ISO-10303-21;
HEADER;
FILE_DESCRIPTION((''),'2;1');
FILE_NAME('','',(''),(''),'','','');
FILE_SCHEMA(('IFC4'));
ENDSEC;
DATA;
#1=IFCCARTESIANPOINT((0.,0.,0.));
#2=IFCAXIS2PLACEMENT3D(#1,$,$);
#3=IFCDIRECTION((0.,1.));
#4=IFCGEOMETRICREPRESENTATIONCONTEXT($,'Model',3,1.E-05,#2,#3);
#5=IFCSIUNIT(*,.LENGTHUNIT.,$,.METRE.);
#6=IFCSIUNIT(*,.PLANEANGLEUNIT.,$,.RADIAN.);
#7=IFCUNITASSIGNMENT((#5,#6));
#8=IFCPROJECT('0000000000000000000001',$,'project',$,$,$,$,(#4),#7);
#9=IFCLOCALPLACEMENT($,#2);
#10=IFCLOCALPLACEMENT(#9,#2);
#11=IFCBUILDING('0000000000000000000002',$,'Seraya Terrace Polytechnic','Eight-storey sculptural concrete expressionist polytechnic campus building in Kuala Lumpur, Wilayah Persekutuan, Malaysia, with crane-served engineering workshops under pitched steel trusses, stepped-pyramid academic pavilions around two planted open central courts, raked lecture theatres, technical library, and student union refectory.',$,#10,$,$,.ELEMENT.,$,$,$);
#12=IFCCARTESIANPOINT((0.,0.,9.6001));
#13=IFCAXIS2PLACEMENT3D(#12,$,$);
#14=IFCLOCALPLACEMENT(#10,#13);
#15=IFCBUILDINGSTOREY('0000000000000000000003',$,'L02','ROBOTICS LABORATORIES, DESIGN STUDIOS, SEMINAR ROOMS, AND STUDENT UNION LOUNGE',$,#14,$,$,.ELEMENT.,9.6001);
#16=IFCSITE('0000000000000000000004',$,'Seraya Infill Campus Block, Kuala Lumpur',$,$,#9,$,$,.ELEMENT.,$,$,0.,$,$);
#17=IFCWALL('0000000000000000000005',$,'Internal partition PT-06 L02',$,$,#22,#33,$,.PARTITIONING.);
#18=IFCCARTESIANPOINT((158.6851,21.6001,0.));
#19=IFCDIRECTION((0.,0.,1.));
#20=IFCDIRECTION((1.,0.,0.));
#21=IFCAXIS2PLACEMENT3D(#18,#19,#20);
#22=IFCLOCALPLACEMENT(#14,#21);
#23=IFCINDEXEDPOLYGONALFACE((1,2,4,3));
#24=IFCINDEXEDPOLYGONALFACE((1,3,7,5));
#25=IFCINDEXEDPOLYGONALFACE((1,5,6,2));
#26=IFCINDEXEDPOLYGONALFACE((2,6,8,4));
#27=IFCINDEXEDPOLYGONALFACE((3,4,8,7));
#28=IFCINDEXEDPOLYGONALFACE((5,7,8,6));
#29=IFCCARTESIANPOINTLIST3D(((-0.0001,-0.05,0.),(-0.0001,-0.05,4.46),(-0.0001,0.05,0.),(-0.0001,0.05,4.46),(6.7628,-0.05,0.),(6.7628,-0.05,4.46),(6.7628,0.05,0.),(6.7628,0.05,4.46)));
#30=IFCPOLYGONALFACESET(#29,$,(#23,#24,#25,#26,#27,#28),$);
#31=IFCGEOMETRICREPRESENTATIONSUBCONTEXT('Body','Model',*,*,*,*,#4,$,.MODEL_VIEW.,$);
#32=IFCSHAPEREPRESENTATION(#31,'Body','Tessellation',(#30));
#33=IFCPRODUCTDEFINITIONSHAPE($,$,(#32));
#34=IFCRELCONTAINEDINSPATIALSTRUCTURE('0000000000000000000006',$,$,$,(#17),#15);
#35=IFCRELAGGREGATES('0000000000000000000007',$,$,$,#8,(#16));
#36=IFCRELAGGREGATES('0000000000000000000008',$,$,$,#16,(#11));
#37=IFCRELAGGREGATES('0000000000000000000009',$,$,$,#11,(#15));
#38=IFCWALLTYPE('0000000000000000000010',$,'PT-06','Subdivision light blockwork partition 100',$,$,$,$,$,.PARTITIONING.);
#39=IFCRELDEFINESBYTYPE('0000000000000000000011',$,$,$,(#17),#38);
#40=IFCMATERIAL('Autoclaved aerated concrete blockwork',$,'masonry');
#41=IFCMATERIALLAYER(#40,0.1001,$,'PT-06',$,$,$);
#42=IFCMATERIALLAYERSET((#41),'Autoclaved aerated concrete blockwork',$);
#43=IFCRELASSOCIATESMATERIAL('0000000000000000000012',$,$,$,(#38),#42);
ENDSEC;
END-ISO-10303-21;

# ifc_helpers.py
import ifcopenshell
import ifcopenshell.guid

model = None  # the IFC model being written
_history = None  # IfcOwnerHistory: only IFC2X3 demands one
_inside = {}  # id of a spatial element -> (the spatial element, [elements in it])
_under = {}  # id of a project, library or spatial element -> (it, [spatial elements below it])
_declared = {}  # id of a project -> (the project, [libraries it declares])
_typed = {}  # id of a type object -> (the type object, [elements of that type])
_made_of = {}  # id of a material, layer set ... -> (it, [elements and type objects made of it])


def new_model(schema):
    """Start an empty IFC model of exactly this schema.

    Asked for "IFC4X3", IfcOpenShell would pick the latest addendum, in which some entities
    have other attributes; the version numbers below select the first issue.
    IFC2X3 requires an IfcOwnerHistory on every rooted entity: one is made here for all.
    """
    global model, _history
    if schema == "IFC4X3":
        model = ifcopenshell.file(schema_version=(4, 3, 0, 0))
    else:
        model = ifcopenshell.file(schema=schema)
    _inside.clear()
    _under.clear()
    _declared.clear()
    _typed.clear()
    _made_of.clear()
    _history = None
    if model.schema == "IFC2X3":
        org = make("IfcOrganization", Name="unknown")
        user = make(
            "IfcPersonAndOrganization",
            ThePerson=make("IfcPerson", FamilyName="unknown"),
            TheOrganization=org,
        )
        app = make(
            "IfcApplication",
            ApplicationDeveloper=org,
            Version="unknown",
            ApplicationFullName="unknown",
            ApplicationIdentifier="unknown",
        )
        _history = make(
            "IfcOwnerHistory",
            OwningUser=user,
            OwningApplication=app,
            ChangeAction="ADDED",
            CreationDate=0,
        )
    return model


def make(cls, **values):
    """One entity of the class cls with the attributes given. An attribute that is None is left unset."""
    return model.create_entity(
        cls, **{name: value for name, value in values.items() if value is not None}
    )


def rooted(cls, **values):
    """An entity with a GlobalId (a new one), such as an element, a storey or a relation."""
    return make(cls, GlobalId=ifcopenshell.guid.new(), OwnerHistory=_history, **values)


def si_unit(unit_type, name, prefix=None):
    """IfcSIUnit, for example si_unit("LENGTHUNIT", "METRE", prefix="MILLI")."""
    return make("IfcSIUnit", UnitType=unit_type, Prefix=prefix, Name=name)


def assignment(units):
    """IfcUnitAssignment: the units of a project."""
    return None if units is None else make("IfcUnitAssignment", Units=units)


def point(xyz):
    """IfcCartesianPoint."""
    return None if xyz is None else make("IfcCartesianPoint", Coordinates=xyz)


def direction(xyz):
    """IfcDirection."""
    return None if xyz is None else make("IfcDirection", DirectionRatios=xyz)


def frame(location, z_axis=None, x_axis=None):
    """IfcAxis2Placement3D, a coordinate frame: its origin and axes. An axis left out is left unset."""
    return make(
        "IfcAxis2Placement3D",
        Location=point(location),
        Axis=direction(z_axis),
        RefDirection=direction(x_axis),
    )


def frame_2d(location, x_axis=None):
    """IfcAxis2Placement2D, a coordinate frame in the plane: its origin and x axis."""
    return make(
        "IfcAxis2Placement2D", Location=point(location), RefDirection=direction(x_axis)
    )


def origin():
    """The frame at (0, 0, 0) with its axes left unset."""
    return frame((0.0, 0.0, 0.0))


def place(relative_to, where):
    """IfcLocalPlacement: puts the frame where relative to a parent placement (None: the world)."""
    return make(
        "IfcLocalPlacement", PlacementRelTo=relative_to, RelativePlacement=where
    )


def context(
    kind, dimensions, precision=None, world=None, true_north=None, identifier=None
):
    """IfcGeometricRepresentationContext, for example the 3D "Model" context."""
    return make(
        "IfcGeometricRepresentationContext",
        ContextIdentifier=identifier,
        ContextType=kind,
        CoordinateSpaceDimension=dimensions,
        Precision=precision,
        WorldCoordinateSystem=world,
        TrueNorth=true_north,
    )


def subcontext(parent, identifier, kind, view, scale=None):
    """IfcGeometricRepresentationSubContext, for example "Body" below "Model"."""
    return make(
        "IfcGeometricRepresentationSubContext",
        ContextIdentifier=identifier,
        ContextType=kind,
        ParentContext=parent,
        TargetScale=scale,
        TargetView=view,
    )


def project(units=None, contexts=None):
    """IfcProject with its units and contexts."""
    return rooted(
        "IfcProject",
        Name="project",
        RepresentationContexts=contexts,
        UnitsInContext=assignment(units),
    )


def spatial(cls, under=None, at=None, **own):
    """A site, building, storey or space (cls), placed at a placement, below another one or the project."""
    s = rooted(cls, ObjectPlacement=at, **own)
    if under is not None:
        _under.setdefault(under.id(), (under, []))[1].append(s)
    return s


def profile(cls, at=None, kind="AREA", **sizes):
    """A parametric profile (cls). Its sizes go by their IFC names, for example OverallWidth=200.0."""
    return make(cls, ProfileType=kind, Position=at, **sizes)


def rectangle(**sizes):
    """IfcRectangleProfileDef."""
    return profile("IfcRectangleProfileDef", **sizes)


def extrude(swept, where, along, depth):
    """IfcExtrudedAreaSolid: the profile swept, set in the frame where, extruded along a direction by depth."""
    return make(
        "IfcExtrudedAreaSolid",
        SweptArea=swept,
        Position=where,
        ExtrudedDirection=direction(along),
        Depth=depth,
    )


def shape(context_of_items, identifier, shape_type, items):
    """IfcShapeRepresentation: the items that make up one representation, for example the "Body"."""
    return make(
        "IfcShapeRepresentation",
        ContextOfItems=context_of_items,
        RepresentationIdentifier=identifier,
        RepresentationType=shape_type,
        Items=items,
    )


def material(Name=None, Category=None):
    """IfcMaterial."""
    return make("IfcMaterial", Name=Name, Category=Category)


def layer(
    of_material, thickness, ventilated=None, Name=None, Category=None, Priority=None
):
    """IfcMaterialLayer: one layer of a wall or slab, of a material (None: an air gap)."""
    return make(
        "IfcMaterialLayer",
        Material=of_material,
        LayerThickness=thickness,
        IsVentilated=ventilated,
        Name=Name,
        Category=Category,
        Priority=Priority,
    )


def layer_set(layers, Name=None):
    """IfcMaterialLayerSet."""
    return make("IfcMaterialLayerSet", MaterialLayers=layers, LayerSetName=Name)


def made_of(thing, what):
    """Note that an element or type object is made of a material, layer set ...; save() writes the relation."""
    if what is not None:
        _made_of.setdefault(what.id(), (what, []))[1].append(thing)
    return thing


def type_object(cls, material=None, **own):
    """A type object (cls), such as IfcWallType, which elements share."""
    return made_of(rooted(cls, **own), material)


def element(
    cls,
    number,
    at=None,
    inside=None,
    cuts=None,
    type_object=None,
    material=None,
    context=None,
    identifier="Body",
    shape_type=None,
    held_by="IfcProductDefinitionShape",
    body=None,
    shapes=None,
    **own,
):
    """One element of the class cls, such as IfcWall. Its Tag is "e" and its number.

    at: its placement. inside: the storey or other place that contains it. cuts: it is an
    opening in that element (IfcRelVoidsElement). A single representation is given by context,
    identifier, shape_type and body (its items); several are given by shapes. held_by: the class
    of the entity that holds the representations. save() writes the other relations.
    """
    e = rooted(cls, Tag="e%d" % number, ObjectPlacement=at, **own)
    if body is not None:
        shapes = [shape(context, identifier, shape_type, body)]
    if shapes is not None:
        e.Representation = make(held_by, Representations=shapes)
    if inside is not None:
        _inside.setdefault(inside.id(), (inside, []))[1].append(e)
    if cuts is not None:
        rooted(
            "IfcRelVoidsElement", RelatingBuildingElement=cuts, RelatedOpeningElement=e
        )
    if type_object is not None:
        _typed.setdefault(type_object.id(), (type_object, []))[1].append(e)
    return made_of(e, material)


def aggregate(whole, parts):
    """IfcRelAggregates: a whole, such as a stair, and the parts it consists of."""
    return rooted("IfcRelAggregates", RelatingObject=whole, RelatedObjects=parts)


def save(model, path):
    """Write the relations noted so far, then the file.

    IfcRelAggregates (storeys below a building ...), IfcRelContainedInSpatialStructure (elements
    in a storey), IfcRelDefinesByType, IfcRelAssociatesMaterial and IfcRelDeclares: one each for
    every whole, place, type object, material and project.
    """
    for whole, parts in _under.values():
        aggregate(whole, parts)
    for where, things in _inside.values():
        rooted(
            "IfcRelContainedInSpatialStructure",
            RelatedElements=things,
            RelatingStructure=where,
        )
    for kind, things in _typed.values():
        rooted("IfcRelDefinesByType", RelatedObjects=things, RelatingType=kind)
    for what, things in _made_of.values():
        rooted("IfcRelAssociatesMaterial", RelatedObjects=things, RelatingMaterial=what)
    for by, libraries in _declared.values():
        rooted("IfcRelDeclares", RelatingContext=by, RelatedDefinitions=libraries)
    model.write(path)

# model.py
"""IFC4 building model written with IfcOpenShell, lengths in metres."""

from ifc_helpers import new_model, si_unit, direction, frame, frame_2d, origin, place, context, subcontext, project, spatial, rectangle, extrude, material, layer, layer_set, type_object, element, save


model = new_model("IFC4")

# Units and contexts
model_context = context("Model", 3, precision=1e-05, world=origin(), true_north=direction((0.0, 1.0)))
body_context = subcontext(model_context, "Body", "Model", "MODEL_VIEW")
ifc_project = project(units=[si_unit("LENGTHUNIT", "METRE"), si_unit("PLANEANGLEUNIT", "RADIAN")], contexts=[model_context])

# Site, building, storey
site_placement = place(None, origin())
site = spatial("IfcSite", under=ifc_project, at=site_placement, Name="Seraya Infill Campus Block, Kuala Lumpur", CompositionType="ELEMENT", RefElevation=0.0)
building_placement = place(site_placement, origin())
building = spatial("IfcBuilding", under=site, at=building_placement, Name="Seraya Terrace Polytechnic", Description="Eight-storey sculptural concrete expressionist polytechnic campus building in Kuala Lumpur, Wilayah Persekutuan, Malaysia, with crane-served engineering workshops under pitched steel trusses, stepped-pyramid academic pavilions around two planted open central courts, raked lecture theatres, technical library, and student union refectory.", CompositionType="ELEMENT")
storey_placement = place(building_placement, frame((0.0, 0.0, 9.6001)))
storey = spatial("IfcBuildingStorey", under=building, at=storey_placement, Name="L02", Description="ROBOTICS LABORATORIES, DESIGN STUDIOS, SEMINAR ROOMS, AND STUDENT UNION LOUNGE", CompositionType="ELEMENT", Elevation=9.6001)

# Wall
ifc_material_1 = material(Name="Autoclaved aerated concrete blockwork", Category="masonry")
ifc_layer_1 = layer(ifc_material_1, 0.1001, Name="PT-06")
ifc_layer_set_1 = layer_set([ifc_layer_1], Name="Autoclaved aerated concrete blockwork")
wall_type_1 = type_object("IfcWallType", Name="PT-06", Description="Subdivision light blockwork partition 100", PredefinedType="PARTITIONING", material=ifc_layer_set_1)
wall_1_placement = place(storey_placement, frame((158.6851, 21.6001, 0.0), z_axis=(0.0, 0.0, 1.0), x_axis=(1.0, 0.0, 0.0)))
element("IfcWall", 1, at=wall_1_placement, inside=storey, type_object=wall_type_1, Name="Internal partition PT-06 L02", PredefinedType="PARTITIONING", context=body_context, shape_type="SweptSolid", body=[
    extrude(rectangle(XDim=6.7629, YDim=0.1001, at=frame_2d((3.3813, 0.0))), origin(), (0.0, 0.0, 1.0), 4.46),
])

save(model, "model.ifc")
